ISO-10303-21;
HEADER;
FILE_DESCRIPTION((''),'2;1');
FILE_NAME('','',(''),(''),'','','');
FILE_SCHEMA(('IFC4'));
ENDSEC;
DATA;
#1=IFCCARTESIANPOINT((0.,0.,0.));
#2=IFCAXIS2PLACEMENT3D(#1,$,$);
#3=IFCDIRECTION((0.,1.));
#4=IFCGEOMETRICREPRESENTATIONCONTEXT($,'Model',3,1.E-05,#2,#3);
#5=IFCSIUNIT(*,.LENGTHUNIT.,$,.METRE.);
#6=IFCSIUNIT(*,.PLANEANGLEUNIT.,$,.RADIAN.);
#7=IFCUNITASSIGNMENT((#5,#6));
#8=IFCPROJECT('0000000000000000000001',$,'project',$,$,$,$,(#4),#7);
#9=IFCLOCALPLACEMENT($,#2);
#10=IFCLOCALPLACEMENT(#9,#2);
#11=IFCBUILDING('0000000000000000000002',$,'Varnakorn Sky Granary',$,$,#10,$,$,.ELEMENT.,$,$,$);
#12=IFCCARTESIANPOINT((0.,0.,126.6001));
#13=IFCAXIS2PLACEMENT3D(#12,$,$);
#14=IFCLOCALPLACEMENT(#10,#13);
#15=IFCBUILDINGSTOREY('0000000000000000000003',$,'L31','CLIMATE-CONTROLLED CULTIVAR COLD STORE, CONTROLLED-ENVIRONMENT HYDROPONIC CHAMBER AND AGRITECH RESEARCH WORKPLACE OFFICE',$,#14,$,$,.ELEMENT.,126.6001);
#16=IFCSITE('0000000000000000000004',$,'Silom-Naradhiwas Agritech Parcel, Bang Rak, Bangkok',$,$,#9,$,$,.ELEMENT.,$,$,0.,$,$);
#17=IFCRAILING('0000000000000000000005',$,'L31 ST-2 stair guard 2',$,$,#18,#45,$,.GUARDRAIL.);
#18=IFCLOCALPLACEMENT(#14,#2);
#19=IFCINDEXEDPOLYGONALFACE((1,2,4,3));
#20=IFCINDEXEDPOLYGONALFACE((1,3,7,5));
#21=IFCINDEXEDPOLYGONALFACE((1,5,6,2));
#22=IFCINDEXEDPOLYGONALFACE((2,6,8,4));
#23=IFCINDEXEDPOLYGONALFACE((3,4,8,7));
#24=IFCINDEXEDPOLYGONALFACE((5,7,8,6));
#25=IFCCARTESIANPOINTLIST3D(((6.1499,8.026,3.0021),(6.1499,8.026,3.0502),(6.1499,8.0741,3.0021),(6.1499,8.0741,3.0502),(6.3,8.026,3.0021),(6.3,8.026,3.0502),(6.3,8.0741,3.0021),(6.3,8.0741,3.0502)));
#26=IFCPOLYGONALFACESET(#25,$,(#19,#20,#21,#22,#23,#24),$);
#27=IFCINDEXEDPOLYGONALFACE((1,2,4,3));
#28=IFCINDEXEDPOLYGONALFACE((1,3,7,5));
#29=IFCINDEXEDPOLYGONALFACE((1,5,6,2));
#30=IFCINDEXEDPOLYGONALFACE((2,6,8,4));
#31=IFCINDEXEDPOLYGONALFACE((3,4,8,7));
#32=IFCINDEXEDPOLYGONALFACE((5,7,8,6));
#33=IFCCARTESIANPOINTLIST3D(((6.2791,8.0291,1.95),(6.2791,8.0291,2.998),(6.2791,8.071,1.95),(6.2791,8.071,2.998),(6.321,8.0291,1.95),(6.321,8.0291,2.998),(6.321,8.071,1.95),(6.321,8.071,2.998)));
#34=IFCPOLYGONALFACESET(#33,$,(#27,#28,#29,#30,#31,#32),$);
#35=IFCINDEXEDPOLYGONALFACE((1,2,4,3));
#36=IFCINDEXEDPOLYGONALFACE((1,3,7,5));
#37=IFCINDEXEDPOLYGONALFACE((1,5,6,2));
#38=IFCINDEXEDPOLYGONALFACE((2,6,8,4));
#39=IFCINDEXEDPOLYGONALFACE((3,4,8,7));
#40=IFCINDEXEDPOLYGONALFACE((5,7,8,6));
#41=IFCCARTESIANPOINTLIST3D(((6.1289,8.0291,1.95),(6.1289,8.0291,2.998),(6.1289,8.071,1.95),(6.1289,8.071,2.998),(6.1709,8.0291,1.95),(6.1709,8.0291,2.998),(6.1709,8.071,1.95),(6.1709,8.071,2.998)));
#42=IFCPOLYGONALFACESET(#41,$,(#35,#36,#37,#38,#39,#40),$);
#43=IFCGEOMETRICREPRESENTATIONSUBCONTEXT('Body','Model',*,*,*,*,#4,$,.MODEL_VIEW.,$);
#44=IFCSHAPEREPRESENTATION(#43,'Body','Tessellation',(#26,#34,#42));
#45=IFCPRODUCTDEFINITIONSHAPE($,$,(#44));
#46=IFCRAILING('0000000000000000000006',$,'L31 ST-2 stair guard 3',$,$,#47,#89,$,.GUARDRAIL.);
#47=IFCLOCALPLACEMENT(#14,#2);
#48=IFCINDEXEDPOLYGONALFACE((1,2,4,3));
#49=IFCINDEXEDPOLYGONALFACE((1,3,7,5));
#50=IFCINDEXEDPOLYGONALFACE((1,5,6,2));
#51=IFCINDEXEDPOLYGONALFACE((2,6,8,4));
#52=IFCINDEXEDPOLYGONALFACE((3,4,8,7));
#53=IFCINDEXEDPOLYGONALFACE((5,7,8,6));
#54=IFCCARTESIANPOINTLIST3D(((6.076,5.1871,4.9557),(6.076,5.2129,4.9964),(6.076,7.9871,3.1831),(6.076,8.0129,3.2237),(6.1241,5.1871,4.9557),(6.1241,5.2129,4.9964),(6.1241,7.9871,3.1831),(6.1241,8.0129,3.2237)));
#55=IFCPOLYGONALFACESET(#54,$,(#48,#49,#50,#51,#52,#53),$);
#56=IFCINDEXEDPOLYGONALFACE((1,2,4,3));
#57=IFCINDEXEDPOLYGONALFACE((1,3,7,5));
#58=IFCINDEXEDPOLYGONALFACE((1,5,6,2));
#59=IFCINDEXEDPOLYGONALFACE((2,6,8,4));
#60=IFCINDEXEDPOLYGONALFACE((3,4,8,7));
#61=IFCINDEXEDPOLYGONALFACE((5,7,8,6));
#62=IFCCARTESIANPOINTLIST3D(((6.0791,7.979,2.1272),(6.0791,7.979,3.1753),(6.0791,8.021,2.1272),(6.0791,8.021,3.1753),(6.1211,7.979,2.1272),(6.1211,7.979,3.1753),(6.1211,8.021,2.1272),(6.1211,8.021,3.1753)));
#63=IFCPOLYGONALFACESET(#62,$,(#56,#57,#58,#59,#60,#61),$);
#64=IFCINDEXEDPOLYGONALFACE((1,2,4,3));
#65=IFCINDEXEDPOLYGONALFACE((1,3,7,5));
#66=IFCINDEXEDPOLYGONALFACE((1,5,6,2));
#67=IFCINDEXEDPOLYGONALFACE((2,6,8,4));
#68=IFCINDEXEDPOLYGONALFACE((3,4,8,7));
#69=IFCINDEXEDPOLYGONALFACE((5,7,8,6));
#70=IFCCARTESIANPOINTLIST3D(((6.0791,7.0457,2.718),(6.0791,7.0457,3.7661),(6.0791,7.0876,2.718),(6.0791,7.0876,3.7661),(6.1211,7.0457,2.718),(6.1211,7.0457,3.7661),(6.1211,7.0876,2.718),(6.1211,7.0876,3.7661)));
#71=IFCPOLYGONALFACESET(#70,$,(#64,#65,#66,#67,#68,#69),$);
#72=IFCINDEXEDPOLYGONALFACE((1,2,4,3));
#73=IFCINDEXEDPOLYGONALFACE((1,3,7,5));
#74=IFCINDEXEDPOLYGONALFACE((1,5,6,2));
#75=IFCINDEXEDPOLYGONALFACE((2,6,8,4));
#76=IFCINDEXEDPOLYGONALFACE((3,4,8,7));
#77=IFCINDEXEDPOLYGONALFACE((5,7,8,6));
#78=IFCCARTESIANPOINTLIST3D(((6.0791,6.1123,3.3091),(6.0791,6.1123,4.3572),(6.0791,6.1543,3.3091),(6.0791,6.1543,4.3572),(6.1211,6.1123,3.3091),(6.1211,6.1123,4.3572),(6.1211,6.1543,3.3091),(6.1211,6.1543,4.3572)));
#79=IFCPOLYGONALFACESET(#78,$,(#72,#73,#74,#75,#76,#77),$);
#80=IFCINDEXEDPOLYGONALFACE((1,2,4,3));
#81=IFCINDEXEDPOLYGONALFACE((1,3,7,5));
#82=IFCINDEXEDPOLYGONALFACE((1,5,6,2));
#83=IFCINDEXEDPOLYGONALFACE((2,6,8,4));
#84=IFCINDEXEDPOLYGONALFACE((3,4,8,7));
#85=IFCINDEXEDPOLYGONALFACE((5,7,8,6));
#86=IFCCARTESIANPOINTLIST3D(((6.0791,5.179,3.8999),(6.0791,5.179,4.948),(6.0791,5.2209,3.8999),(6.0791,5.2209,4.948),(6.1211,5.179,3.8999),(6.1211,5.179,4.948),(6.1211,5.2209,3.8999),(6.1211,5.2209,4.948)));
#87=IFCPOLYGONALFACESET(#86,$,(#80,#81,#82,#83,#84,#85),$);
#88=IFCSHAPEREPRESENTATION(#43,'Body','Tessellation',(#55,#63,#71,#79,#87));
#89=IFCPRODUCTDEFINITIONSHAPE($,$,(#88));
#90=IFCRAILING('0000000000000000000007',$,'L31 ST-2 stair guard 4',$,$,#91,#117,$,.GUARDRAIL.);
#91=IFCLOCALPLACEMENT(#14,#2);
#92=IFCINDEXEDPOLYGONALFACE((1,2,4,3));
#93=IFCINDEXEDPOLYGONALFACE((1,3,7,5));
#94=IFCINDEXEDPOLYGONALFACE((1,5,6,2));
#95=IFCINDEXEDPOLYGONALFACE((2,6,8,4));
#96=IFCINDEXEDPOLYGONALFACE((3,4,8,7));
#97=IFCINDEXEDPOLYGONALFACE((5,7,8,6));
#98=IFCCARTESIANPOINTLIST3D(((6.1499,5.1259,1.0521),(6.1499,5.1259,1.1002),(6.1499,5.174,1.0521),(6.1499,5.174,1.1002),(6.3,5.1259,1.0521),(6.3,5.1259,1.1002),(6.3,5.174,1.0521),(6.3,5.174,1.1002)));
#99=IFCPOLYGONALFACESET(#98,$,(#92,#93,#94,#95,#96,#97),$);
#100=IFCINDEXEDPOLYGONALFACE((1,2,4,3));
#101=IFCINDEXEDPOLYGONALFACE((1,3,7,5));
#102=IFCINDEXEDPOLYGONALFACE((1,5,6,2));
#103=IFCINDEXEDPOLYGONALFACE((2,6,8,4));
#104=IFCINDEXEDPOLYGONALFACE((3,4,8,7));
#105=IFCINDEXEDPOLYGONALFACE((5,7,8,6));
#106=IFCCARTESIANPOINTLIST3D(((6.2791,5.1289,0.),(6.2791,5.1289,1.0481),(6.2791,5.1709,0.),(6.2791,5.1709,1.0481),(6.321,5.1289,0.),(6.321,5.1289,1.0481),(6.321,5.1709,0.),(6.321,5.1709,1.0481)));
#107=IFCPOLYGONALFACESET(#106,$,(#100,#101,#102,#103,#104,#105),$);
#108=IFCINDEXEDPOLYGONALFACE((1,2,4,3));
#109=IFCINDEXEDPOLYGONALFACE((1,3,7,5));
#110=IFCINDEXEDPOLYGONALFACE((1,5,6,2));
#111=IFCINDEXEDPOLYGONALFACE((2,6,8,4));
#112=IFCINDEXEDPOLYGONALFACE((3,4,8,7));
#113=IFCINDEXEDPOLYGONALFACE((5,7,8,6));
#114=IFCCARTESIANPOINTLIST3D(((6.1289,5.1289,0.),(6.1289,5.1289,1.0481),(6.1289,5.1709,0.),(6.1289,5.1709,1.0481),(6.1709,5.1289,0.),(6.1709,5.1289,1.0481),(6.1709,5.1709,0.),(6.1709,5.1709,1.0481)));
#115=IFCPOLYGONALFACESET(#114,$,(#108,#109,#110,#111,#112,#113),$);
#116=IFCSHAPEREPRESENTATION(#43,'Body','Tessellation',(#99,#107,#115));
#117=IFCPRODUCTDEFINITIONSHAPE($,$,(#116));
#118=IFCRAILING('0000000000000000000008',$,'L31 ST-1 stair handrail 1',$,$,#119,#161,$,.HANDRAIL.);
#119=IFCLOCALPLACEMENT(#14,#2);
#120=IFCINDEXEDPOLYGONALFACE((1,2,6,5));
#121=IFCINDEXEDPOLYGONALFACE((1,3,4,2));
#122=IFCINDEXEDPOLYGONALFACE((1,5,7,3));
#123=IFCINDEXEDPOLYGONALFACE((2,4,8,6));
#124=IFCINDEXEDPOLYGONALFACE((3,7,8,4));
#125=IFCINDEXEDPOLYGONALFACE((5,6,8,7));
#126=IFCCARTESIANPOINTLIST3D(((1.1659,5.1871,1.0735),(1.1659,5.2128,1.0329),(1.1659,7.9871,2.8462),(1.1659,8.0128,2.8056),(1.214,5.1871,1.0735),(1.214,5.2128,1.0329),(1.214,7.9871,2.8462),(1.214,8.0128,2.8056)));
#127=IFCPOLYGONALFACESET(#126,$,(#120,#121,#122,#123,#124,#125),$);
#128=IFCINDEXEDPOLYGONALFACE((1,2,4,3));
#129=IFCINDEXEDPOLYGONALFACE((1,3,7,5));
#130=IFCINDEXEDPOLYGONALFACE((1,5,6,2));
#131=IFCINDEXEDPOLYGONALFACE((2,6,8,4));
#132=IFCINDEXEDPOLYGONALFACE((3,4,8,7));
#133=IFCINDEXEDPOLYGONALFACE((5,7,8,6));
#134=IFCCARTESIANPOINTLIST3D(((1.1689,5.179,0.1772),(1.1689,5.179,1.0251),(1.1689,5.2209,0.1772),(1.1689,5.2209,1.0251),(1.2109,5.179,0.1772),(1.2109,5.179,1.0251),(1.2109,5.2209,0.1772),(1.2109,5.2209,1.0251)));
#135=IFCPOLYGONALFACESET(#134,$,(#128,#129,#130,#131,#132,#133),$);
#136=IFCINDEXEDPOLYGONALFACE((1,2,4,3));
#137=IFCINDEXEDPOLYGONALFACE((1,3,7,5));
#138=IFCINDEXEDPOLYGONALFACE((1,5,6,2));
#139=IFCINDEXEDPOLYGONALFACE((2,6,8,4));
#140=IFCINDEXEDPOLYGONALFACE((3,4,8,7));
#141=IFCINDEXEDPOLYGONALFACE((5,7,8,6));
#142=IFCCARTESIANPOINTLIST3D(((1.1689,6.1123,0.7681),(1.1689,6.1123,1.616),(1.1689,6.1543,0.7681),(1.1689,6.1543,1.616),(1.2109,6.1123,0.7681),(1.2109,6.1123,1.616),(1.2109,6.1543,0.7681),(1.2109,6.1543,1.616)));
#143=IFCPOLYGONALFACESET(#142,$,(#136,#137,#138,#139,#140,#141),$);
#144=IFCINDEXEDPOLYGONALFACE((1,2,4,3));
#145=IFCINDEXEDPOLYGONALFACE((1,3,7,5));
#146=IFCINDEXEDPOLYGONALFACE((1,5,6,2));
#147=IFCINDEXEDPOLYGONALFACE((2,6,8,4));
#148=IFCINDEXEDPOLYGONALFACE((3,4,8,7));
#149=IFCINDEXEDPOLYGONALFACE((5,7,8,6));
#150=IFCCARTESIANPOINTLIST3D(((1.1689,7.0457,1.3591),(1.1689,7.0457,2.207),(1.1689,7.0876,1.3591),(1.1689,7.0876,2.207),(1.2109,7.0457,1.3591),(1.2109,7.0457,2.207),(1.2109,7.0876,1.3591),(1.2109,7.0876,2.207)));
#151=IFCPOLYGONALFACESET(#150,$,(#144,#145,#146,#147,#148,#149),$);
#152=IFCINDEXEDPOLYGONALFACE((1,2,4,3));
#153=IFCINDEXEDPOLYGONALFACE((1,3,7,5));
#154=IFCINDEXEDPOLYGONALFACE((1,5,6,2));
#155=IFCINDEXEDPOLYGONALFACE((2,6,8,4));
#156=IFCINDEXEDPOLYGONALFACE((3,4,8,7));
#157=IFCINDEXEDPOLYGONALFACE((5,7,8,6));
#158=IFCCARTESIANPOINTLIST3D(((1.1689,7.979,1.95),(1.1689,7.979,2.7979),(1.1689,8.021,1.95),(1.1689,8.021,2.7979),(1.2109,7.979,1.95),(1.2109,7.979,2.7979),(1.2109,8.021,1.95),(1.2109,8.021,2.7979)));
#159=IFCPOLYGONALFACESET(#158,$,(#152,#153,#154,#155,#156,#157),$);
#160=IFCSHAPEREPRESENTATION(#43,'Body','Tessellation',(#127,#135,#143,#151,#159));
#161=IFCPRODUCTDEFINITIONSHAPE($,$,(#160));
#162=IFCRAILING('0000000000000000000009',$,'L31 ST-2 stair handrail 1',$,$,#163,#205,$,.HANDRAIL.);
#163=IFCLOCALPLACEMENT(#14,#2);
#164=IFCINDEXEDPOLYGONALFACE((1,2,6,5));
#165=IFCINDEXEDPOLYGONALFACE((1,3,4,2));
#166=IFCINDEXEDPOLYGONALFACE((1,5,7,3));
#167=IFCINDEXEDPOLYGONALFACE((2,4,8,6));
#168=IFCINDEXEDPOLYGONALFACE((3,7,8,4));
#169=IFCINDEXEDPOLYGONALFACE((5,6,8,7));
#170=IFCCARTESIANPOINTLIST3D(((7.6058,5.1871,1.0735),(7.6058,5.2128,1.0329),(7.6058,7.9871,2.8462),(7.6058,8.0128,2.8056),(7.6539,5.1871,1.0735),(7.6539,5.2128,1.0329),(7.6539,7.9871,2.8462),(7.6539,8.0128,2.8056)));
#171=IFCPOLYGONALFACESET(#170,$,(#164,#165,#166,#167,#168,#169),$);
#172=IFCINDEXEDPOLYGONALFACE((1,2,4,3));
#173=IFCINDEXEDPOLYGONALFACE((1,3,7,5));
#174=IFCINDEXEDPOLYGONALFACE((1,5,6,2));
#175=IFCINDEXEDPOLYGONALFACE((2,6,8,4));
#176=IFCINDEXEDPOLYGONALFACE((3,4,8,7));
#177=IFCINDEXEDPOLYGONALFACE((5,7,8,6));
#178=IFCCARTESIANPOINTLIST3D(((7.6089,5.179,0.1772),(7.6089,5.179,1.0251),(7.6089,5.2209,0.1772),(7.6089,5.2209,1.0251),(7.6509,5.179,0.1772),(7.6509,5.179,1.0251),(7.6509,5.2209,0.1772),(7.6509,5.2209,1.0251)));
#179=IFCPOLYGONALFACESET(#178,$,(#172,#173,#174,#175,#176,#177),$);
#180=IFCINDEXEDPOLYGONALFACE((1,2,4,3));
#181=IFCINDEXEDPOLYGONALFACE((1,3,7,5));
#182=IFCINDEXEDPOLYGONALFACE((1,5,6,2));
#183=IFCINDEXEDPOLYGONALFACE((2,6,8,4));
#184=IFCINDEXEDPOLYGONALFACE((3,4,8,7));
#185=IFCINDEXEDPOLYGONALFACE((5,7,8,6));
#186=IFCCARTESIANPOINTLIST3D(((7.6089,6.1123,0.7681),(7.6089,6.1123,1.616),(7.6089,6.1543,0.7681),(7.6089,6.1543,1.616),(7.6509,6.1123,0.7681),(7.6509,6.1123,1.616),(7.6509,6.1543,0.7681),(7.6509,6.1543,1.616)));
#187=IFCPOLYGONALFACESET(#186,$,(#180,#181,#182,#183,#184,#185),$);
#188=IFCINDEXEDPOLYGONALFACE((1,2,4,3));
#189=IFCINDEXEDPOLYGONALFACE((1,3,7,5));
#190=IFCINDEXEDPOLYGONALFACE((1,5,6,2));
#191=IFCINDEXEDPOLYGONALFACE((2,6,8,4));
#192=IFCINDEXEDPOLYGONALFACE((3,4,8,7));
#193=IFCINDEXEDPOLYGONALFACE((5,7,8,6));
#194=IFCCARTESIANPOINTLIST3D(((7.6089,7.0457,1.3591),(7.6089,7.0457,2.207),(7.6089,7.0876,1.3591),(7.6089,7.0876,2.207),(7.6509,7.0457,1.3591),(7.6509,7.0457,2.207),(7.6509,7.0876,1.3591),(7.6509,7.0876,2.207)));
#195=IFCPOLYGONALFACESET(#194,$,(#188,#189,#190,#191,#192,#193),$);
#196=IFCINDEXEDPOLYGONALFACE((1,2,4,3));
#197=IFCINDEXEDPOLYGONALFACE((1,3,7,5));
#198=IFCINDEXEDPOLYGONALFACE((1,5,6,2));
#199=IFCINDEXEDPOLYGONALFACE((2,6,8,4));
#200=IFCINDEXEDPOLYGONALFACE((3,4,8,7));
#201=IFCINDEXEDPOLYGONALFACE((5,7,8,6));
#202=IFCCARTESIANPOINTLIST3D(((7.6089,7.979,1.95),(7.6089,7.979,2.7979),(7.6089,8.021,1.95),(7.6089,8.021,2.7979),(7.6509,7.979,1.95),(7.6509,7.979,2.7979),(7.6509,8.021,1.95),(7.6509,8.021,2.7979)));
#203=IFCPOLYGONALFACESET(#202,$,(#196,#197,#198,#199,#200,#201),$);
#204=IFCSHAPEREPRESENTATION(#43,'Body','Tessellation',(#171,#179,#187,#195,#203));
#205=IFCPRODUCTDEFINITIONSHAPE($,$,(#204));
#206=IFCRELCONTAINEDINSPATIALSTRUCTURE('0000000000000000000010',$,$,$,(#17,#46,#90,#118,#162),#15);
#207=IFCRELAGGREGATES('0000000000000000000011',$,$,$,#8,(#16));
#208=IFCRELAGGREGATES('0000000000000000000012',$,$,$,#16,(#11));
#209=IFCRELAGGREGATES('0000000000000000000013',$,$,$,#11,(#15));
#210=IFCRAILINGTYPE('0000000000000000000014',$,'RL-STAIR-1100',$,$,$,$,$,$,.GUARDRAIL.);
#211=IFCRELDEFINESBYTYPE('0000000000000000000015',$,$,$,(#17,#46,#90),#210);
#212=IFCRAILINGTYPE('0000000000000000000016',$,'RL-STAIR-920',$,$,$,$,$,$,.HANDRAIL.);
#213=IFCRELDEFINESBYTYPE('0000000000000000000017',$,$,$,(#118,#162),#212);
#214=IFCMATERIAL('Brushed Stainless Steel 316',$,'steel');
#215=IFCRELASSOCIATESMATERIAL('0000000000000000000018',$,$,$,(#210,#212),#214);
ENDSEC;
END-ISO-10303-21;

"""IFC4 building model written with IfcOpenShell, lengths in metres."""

from ifc_helpers import new_model, si_unit, direction, frame, origin, origin_2d, place, context, subcontext, project, spatial, rectangle, extrude, material, type_object, element, save


model = new_model("IFC4")

# Units and contexts
model_context = context("Model", 3, precision=1e-05, world=origin(), true_north=direction((0.0, 1.0)))
body_context = subcontext(model_context, "Body", "Model", "MODEL_VIEW")
ifc_project = project(units=[si_unit("LENGTHUNIT", "METRE"), si_unit("PLANEANGLEUNIT", "RADIAN")], contexts=[model_context])

# Site, building, storey
site_placement = place(None, origin())
site = spatial("IfcSite", under=ifc_project, at=site_placement, Name="Silom-Naradhiwas Agritech Parcel, Bang Rak, Bangkok", CompositionType="ELEMENT", RefElevation=0.0)
building_placement = place(site_placement, origin())
building = spatial("IfcBuilding", under=site, at=building_placement, Name="Varnakorn Sky Granary", CompositionType="ELEMENT")
storey_placement = place(building_placement, frame((0.0, 0.0, 126.6001)))
storey = spatial("IfcBuildingStorey", under=building, at=storey_placement, Name="L31", Description="CLIMATE-CONTROLLED CULTIVAR COLD STORE, CONTROLLED-ENVIRONMENT HYDROPONIC CHAMBER AND AGRITECH RESEARCH WORKPLACE OFFICE", CompositionType="ELEMENT", Elevation=126.6001)

# Railings
ifc_material_1 = material(Name="Brushed Stainless Steel 316", Category="steel")
railing_type_1 = type_object("IfcRailingType", Name="RL-STAIR-1100", PredefinedType="GUARDRAIL", material=ifc_material_1)
railing_1_placement = place(storey_placement, frame((6.3, 8.05, 1.95)))
element("IfcRailing", 1, at=railing_1_placement, inside=storey, type_object=railing_type_1, Name="L31 ST-2 stair guard 2", PredefinedType="GUARDRAIL", context=body_context, shape_type="SweptSolid", body=[
    extrude(rectangle(XDim=0.0481, YDim=0.0481, at=origin_2d()), frame((0.0, 0.0, 1.0762), z_axis=(-1.0, 0.0, 0.0), x_axis=(0.0, -1.0, 0.0)), (0.0, 0.0, 1.0), 0.1501),
    extrude(rectangle(XDim=0.042, YDim=0.042, at=origin_2d()), origin(), (0.0, 0.0, 1.0), 1.0481),
    extrude(rectangle(XDim=0.042, YDim=0.042, at=origin_2d()), frame((-0.1501, 0.0, 0.0)), (0.0, 0.0, 1.0), 1.0481),
])
railing_2_placement = place(storey_placement, frame((6.1001, 8.0, 2.1272)))
element("IfcRailing", 2, at=railing_2_placement, inside=storey, type_object=railing_type_1, Name="L31 ST-2 stair guard 3", PredefinedType="GUARDRAIL", context=body_context, shape_type="SweptSolid", body=[
    extrude(rectangle(XDim=0.0481, YDim=0.0481, at=origin_2d()), frame((0.0, 0.0, 1.0762), z_axis=(0.0, -0.844909, 0.53491), x_axis=(1.0, 0.0, 0.0)), (0.0, 0.0, 1.0), 3.314),
    extrude(rectangle(XDim=0.042, YDim=0.042, at=origin_2d()), origin(), (0.0, 0.0, 1.0), 1.0481),
    extrude(rectangle(XDim=0.042, YDim=0.042, at=origin_2d()), frame((0.0, -0.9333, 0.5908)), (0.0, 0.0, 1.0), 1.0481),
    extrude(rectangle(XDim=0.042, YDim=0.042, at=origin_2d()), frame((0.0, -1.8667, 1.1819)), (0.0, 0.0, 1.0), 1.0481),
    extrude(rectangle(XDim=0.042, YDim=0.042, at=origin_2d()), frame((0.0, -2.8, 1.7727)), (0.0, 0.0, 1.0), 1.0481),
])
railing_3_placement = place(storey_placement, frame((6.3, 5.1499, 0.0)))
element("IfcRailing", 3, at=railing_3_placement, inside=storey, type_object=railing_type_1, Name="L31 ST-2 stair guard 4", PredefinedType="GUARDRAIL", context=body_context, shape_type="SweptSolid", body=[
    extrude(rectangle(XDim=0.0481, YDim=0.0481, at=origin_2d()), frame((0.0, 0.0, 1.0762), z_axis=(-1.0, 0.0, 0.0), x_axis=(0.0, -1.0, 0.0)), (0.0, 0.0, 1.0), 0.1501),
    extrude(rectangle(XDim=0.042, YDim=0.042, at=origin_2d()), origin(), (0.0, 0.0, 1.0), 1.0481),
    extrude(rectangle(XDim=0.042, YDim=0.042, at=origin_2d()), frame((-0.1501, 0.0, 0.0)), (0.0, 0.0, 1.0), 1.0481),
])
railing_type_2 = type_object("IfcRailingType", Name="RL-STAIR-920", PredefinedType="HANDRAIL", material=ifc_material_1)
for number, where, name in (
    (4, (1.1899, 5.2, 0.1772), "L31 ST-1 stair handrail 1"),
    (5, (7.6299, 5.2, 0.1772), "L31 ST-2 stair handrail 1"),
):
    element("IfcRailing", number, at=place(storey_placement, frame(where)), inside=storey, type_object=railing_type_2, Name=name, PredefinedType="HANDRAIL", context=body_context, shape_type="SweptSolid", body=[
        extrude(rectangle(XDim=0.0481, YDim=0.0481, at=origin_2d()), frame((0.0, 0.0, 0.876), z_axis=(0.0, 0.844909, 0.53491), x_axis=(-1.0, 0.0, 0.0)), (0.0, 0.0, 1.0), 3.314),
        extrude(rectangle(XDim=0.042, YDim=0.042, at=origin_2d()), origin(), (0.0, 0.0, 1.0), 0.8479),
        extrude(rectangle(XDim=0.042, YDim=0.042, at=origin_2d()), frame((0.0, 0.9333, 0.5908)), (0.0, 0.0, 1.0), 0.8479),
        extrude(rectangle(XDim=0.042, YDim=0.042, at=origin_2d()), frame((0.0, 1.8667, 1.1819)), (0.0, 0.0, 1.0), 0.8479),
        extrude(rectangle(XDim=0.042, YDim=0.042, at=origin_2d()), frame((0.0, 2.8, 1.7727)), (0.0, 0.0, 1.0), 0.8479),
    ])

save(model, "model.ifc")
